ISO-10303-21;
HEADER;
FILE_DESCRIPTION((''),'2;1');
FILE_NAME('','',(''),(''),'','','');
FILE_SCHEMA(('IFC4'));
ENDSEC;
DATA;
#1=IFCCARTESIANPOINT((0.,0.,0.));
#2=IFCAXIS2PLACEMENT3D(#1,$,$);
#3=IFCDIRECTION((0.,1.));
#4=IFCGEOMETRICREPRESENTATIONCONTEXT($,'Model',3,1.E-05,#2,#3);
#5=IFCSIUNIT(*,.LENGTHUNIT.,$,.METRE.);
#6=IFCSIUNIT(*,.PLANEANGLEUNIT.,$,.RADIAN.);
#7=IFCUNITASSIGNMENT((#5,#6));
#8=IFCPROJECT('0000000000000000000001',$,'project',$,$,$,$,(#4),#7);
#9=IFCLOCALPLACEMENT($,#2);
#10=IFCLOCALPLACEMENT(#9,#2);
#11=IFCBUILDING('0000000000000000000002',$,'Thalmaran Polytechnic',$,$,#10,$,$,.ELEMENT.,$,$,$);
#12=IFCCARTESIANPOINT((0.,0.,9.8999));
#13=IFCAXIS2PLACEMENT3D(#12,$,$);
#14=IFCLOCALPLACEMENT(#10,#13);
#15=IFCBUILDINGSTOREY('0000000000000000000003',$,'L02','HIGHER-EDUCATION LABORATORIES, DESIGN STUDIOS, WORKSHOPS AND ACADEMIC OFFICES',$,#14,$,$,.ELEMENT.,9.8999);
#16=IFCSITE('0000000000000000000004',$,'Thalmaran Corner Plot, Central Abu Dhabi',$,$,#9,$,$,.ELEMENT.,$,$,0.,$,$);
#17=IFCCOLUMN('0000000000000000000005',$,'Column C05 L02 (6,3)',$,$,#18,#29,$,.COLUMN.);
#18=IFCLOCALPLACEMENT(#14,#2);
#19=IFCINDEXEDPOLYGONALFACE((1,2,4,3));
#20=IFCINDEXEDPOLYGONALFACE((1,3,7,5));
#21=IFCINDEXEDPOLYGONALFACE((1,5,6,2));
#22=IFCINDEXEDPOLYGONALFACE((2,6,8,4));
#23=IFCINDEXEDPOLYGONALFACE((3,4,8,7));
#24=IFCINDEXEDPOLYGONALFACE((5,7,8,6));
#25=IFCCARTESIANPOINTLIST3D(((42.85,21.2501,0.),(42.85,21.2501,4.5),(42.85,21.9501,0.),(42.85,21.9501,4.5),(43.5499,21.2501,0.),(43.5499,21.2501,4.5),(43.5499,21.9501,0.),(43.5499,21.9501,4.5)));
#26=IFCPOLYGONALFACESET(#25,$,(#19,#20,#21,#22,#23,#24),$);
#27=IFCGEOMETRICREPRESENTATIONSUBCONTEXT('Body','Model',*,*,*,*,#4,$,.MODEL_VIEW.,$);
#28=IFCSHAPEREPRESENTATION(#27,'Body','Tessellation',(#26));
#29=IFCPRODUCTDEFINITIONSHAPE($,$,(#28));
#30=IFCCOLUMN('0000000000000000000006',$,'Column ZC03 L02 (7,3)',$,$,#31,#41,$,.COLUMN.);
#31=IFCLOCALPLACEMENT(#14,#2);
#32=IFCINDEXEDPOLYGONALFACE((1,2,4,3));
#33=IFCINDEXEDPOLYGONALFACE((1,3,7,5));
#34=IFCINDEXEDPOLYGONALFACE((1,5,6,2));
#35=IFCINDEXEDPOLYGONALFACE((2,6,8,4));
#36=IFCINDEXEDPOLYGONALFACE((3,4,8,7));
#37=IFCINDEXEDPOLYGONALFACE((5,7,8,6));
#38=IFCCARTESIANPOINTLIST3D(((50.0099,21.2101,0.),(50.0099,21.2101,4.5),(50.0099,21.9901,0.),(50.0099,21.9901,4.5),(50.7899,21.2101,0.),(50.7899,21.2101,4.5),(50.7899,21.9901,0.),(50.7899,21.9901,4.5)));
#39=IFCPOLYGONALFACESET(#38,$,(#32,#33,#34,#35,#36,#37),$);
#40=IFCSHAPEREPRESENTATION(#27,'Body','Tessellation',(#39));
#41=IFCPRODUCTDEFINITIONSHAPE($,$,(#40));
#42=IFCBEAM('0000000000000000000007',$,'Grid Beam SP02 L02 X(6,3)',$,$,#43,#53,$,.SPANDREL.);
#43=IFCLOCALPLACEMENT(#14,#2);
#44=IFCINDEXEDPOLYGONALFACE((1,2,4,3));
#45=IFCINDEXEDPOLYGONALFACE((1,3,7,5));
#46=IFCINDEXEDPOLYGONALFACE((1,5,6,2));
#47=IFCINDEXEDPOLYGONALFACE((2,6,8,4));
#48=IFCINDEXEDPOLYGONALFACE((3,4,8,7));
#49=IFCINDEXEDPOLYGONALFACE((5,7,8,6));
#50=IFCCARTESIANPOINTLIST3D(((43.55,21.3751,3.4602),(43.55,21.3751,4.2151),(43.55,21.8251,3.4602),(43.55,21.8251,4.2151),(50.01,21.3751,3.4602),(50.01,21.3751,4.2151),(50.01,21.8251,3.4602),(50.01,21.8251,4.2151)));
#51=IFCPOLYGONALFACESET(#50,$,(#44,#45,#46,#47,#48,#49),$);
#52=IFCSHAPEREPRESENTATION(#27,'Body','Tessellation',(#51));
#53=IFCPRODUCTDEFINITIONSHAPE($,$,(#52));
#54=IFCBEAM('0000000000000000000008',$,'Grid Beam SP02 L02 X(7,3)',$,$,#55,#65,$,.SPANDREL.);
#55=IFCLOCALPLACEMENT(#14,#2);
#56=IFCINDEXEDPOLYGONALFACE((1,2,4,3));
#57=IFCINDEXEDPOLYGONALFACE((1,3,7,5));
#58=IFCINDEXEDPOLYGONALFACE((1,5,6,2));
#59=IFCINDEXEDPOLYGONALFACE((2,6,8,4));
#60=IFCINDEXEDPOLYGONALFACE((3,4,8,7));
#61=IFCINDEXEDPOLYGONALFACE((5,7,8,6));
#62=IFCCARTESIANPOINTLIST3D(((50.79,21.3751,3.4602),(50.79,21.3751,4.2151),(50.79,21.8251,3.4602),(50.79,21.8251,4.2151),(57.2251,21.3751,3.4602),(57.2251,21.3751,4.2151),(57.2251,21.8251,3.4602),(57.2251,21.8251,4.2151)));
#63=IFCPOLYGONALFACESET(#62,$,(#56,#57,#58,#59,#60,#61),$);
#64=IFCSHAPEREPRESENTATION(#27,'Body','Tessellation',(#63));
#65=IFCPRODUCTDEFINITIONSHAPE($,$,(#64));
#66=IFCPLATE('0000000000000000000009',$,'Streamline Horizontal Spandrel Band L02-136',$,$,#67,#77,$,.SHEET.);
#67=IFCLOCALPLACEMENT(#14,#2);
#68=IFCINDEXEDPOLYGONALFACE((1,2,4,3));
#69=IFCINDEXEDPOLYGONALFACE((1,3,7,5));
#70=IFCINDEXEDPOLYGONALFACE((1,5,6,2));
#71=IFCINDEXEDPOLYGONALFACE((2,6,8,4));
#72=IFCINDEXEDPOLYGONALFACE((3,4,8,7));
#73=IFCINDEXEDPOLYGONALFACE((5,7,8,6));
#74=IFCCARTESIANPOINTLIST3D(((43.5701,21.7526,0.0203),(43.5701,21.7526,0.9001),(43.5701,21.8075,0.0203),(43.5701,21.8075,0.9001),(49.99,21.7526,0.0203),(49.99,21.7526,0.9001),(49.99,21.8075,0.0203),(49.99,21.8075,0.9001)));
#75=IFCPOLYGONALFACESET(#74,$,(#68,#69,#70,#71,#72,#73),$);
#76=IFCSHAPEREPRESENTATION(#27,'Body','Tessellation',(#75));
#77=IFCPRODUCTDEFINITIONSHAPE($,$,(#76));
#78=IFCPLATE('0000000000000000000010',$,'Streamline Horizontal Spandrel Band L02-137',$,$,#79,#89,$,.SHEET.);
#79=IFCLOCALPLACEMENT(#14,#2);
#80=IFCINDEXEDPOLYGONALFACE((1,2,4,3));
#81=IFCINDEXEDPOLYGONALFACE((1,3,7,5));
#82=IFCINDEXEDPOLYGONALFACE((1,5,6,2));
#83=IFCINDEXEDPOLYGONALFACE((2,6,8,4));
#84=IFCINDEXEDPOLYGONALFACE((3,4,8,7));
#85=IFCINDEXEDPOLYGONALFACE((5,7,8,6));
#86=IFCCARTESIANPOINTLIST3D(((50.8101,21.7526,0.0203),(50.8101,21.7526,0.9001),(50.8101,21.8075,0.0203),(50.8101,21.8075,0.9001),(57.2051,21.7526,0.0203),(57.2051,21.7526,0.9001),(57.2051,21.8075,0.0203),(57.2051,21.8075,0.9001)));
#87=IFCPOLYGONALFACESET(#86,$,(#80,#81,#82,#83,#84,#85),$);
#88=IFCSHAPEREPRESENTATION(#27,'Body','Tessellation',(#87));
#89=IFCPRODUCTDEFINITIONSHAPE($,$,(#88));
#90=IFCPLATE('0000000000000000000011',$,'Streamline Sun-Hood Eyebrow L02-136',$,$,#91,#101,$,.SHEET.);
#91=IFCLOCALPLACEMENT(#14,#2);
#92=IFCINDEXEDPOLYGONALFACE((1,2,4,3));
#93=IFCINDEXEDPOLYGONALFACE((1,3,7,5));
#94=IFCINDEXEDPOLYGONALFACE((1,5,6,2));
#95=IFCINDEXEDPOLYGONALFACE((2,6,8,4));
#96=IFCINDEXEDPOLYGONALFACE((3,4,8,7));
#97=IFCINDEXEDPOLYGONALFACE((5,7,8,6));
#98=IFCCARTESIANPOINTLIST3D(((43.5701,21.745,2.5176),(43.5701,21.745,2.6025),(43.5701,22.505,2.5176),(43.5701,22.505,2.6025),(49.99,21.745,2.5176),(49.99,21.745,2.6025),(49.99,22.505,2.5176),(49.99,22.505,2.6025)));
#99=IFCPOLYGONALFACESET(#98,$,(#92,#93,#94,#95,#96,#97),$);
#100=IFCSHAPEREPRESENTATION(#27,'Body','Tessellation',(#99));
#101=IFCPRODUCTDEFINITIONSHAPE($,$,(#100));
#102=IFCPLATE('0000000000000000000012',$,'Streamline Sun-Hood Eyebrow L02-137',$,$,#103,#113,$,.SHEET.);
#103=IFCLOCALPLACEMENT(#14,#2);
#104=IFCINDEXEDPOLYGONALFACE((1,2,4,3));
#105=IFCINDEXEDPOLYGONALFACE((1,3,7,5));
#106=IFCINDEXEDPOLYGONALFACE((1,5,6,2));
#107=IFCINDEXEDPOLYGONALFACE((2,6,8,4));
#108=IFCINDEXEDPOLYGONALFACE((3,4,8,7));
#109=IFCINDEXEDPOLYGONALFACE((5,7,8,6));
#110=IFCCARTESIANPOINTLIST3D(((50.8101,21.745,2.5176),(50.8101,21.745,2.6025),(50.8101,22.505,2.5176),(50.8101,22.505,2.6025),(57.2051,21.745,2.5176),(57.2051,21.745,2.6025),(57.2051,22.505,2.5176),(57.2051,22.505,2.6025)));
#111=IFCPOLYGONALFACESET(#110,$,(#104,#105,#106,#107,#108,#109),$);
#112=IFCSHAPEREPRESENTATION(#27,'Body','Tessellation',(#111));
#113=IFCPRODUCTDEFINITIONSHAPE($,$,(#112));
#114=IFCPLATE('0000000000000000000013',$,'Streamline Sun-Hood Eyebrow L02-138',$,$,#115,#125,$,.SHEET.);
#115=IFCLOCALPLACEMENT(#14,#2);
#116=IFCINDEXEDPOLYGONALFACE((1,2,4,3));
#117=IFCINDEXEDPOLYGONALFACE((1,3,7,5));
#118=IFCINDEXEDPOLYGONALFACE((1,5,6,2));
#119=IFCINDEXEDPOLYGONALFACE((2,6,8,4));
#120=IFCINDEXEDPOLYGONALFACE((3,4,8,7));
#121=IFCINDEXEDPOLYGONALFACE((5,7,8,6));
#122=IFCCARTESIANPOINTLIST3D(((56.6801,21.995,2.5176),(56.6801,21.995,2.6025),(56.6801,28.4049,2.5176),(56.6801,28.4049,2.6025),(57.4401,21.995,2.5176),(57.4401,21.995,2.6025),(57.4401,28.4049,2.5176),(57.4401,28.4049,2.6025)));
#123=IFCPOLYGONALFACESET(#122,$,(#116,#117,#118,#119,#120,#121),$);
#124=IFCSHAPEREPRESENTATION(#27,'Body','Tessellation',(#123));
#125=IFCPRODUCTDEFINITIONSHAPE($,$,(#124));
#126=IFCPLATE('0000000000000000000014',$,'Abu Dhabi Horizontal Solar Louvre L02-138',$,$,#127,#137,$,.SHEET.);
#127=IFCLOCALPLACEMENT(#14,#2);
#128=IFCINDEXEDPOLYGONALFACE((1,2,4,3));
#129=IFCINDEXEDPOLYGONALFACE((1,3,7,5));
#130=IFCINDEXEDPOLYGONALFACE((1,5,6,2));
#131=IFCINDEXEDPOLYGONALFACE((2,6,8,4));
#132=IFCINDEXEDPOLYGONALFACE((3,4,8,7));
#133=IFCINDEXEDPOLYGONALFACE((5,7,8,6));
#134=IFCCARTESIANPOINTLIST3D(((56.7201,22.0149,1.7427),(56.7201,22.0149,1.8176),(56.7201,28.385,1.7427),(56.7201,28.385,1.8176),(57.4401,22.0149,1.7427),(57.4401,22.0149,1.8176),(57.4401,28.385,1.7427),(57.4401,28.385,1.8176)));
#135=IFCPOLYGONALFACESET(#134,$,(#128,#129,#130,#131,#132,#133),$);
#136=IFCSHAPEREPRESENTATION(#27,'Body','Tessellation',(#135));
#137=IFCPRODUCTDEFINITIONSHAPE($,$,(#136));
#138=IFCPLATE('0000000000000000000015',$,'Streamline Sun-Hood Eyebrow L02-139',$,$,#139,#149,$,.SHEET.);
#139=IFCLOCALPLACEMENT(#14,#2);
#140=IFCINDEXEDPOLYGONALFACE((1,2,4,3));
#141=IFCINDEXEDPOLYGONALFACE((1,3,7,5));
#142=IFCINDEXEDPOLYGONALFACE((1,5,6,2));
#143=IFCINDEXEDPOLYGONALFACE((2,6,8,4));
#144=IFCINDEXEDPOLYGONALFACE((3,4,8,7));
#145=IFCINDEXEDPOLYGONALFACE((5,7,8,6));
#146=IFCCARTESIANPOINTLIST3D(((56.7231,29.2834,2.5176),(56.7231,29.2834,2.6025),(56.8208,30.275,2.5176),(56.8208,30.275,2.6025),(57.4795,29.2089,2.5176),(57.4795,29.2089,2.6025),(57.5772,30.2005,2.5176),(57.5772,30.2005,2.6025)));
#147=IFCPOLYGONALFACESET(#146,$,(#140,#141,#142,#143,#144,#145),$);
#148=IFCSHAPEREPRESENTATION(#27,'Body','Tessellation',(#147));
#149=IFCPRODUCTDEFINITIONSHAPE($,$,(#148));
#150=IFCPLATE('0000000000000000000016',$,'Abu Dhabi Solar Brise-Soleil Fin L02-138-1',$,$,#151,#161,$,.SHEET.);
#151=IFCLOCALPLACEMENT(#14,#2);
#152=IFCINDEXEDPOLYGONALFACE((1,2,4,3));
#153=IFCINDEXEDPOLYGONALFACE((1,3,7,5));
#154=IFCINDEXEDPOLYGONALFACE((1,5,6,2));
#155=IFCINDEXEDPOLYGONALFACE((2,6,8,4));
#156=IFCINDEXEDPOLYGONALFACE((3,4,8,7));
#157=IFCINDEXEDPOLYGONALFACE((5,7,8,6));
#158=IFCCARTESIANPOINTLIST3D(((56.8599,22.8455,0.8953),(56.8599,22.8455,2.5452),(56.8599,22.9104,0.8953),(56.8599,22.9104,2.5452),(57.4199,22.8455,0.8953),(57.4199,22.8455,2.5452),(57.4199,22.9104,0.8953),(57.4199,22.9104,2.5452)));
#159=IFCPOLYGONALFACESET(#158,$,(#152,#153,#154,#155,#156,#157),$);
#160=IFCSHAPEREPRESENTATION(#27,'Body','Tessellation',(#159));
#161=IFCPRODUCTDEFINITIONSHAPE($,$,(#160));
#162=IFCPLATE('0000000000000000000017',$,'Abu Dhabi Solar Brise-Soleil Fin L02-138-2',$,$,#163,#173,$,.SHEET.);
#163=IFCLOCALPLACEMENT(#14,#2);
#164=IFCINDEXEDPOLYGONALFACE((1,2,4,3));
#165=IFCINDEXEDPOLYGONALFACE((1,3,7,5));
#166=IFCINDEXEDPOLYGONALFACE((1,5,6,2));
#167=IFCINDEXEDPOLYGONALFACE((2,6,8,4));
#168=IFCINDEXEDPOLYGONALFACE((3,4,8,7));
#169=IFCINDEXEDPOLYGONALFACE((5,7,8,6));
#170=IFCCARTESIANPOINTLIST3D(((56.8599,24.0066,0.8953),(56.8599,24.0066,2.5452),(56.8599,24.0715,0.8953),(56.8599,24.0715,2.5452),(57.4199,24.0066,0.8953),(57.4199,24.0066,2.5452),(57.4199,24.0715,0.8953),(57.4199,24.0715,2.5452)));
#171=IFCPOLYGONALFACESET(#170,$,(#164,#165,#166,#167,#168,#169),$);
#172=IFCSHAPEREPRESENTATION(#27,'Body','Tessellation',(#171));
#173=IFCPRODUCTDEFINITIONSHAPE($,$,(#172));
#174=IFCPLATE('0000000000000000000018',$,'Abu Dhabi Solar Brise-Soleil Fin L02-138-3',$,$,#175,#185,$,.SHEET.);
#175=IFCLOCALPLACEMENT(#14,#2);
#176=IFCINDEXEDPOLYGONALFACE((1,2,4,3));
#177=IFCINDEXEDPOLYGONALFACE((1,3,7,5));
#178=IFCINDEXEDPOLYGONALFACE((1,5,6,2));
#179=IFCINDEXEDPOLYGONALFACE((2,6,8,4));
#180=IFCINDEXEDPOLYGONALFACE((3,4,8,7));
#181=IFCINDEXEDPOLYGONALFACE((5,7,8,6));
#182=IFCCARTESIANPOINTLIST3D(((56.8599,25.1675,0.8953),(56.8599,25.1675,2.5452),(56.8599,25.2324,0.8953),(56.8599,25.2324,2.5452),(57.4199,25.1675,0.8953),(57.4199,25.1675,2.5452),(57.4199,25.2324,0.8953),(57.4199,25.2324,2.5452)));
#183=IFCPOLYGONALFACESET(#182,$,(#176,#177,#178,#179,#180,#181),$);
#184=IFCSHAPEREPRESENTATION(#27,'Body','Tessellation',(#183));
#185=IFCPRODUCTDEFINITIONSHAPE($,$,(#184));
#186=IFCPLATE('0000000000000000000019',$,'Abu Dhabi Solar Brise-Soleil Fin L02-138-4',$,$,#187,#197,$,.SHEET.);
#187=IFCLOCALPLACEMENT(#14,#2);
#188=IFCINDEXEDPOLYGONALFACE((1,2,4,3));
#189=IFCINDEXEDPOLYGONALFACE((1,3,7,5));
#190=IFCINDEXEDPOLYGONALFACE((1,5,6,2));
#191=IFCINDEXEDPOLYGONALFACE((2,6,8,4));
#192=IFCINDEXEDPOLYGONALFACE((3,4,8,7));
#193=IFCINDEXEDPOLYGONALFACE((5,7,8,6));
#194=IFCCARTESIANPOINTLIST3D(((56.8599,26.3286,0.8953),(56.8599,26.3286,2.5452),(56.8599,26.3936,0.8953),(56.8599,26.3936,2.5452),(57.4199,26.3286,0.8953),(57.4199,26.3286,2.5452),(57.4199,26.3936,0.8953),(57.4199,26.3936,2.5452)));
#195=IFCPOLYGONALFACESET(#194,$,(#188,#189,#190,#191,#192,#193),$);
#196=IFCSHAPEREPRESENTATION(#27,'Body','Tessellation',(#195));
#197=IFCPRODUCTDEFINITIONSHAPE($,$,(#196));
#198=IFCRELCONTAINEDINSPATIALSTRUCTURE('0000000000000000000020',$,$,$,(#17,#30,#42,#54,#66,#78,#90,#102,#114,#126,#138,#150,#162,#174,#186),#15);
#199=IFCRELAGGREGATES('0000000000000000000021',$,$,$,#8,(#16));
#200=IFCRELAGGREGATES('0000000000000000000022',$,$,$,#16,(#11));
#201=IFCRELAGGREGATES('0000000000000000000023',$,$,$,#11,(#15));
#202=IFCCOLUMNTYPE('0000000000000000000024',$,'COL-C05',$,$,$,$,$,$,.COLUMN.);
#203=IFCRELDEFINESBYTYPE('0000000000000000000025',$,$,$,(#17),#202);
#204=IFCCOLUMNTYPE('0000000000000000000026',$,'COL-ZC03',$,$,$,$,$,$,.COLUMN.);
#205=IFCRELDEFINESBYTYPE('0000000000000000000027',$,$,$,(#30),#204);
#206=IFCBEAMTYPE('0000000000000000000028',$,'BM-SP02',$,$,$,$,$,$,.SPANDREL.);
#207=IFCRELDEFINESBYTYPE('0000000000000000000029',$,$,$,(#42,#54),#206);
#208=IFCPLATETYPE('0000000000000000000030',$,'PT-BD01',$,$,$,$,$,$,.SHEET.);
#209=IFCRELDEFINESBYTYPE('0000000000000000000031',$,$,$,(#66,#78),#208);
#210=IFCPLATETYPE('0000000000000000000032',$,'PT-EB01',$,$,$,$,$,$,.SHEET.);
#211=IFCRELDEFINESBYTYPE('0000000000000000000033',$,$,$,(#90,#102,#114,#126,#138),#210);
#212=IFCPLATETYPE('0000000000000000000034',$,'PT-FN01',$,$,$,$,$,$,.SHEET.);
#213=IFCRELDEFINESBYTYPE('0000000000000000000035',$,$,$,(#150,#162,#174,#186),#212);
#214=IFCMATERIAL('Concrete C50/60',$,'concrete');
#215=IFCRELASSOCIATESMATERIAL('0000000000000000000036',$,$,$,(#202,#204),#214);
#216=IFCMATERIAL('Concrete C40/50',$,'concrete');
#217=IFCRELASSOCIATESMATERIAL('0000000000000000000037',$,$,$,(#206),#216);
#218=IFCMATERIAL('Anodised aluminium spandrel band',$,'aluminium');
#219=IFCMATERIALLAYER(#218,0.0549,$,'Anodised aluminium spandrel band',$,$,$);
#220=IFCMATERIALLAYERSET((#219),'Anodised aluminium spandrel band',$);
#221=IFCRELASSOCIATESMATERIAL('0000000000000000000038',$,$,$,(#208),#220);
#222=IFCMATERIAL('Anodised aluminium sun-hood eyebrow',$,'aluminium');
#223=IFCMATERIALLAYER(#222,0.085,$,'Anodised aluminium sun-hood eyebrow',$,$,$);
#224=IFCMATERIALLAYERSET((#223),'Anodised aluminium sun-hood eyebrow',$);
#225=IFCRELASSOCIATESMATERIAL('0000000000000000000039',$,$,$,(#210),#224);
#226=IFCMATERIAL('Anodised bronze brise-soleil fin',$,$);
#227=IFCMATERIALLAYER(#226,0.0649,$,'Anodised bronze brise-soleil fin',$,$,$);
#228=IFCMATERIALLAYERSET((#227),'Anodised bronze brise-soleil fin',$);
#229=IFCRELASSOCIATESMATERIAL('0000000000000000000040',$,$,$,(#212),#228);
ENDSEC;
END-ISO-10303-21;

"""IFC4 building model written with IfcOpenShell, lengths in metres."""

from ifc_helpers import new_model, si_unit, direction, frame, origin, origin_2d, place, context, subcontext, project, spatial, rectangle, extrude, material, layer, layer_set, material_profile, profile_set, type_object, element, save


model = new_model("IFC4")

# Units and contexts
model_context = context("Model", 3, precision=1e-05, world=origin(), true_north=direction((0.0, 1.0)))
body_context = subcontext(model_context, "Body", "Model", "MODEL_VIEW")
ifc_project = project(units=[si_unit("LENGTHUNIT", "METRE"), si_unit("PLANEANGLEUNIT", "RADIAN")], contexts=[model_context])

# Site, building, storey
site_placement = place(None, origin())
site = spatial("IfcSite", under=ifc_project, at=site_placement, Name="Thalmaran Corner Plot, Central Abu Dhabi", CompositionType="ELEMENT", RefElevation=0.0)
building_placement = place(site_placement, origin())
building = spatial("IfcBuilding", under=site, at=building_placement, Name="Thalmaran Polytechnic", CompositionType="ELEMENT")
storey_placement = place(building_placement, frame((0.0, 0.0, 9.8999)))
storey = spatial("IfcBuildingStorey", under=building, at=storey_placement, Name="L02", Description="HIGHER-EDUCATION LABORATORIES, DESIGN STUDIOS, WORKSHOPS AND ACADEMIC OFFICES", CompositionType="ELEMENT", Elevation=9.8999)

# Columns
ifc_material_1 = material(Name="Concrete C50/60", Category="concrete")
ifc_material_profile_1 = material_profile(ifc_material_1, rectangle(XDim=0.7, YDim=0.7, at=origin_2d()), Name="RC 700x700")
ifc_profile_set_1 = profile_set([ifc_material_profile_1], Name="Concrete C50/60")
column_type_1 = type_object("IfcColumnType", Name="COL-C05", PredefinedType="COLUMN", material=ifc_profile_set_1)
column_1_placement = place(storey_placement, frame((43.2, 21.6001, 0.0), z_axis=(0.0, 0.0, 1.0), x_axis=(1.0, 0.0, 0.0)))
element("IfcColumn", 1, at=column_1_placement, inside=storey, type_object=column_type_1, Name="Column C05 L02 (6,3)", PredefinedType="COLUMN", context=body_context, shape_type="SweptSolid", body=[
    extrude(rectangle(XDim=0.7, YDim=0.7, at=origin_2d()), origin(), (0.0, 0.0, 1.0), 4.5),
])
ifc_material_profile_2 = material_profile(ifc_material_1, rectangle(XDim=0.78, YDim=0.78, at=origin_2d()), Name="RC 780x780")
ifc_profile_set_2 = profile_set([ifc_material_profile_2], Name="Concrete C50/60")
column_type_2 = type_object("IfcColumnType", Name="COL-ZC03", PredefinedType="COLUMN", material=ifc_profile_set_2)
column_2_placement = place(storey_placement, frame((50.3999, 21.6001, 0.0), z_axis=(0.0, 0.0, 1.0), x_axis=(1.0, 0.0, 0.0)))
element("IfcColumn", 2, at=column_2_placement, inside=storey, type_object=column_type_2, Name="Column ZC03 L02 (7,3)", PredefinedType="COLUMN", context=body_context, shape_type="SweptSolid", body=[
    extrude(rectangle(XDim=0.78, YDim=0.78, at=origin_2d()), origin(), (0.0, 0.0, 1.0), 4.5),
])

# Beams
ifc_material_2 = material(Name="Concrete C40/50", Category="concrete")
ifc_material_profile_3 = material_profile(ifc_material_2, rectangle(XDim=0.45, YDim=0.7549, at=origin_2d()), Name="RC 450x755")
ifc_profile_set_3 = profile_set([ifc_material_profile_3], Name="Concrete C40/50")
beam_type = type_object("IfcBeamType", Name="BM-SP02", PredefinedType="SPANDREL", material=ifc_profile_set_3)
beam_1_placement = place(storey_placement, frame((43.55, 21.6001, 3.8376), z_axis=(1.0, 0.0, 0.0), x_axis=(0.0, 1.0, 0.0)))
element("IfcBeam", 3, at=beam_1_placement, inside=storey, type_object=beam_type, Name="Grid Beam SP02 L02 X(6,3)", PredefinedType="SPANDREL", context=body_context, shape_type="SweptSolid", body=[
    extrude(rectangle(XDim=0.45, YDim=0.7549, at=origin_2d()), origin(), (0.0, 0.0, 1.0), 6.46),
])
beam_2_placement = place(storey_placement, frame((50.79, 21.6001, 3.8376), z_axis=(1.0, 0.0, 0.0), x_axis=(0.0, 1.0, 0.0)))
element("IfcBeam", 4, at=beam_2_placement, inside=storey, type_object=beam_type, Name="Grid Beam SP02 L02 X(7,3)", PredefinedType="SPANDREL", context=body_context, shape_type="SweptSolid", body=[
    extrude(rectangle(XDim=0.45, YDim=0.7549, at=origin_2d()), origin(), (0.0, 0.0, 1.0), 6.4351),
])

# Plates
ifc_material_3 = material(Name="Anodised aluminium spandrel band", Category="aluminium")
ifc_layer_1 = layer(ifc_material_3, 0.0549, Name="Anodised aluminium spandrel band")
ifc_layer_set_1 = layer_set([ifc_layer_1], Name="Anodised aluminium spandrel band")
plate_type_1 = type_object("IfcPlateType", Name="PT-BD01", PredefinedType="SHEET", material=ifc_layer_set_1)
plate_1_placement = place(storey_placement, frame((46.78, 21.78, 0.0203), z_axis=(0.0, 0.0, 1.0), x_axis=(1.0, 0.0, 0.0)))
element("IfcPlate", 5, at=plate_1_placement, inside=storey, type_object=plate_type_1, Name="Streamline Horizontal Spandrel Band L02-136", PredefinedType="SHEET", context=body_context, shape_type="SweptSolid", body=[
    extrude(rectangle(XDim=6.4199, YDim=0.0549, at=origin_2d()), origin(), (0.0, 0.0, 1.0), 0.8799),
])
plate_2_placement = place(storey_placement, frame((54.0076, 21.78, 0.0203), z_axis=(0.0, 0.0, 1.0), x_axis=(1.0, 0.0, 0.0)))
element("IfcPlate", 6, at=plate_2_placement, inside=storey, type_object=plate_type_1, Name="Streamline Horizontal Spandrel Band L02-137", PredefinedType="SHEET", context=body_context, shape_type="SweptSolid", body=[
    extrude(rectangle(XDim=6.395, YDim=0.0549, at=origin_2d()), origin(), (0.0, 0.0, 1.0), 0.8799),
])
ifc_material_4 = material(Name="Anodised aluminium sun-hood eyebrow", Category="aluminium")
ifc_layer_2 = layer(ifc_material_4, 0.085, Name="Anodised aluminium sun-hood eyebrow")
ifc_layer_set_2 = layer_set([ifc_layer_2], Name="Anodised aluminium sun-hood eyebrow")
plate_type_2 = type_object("IfcPlateType", Name="PT-EB01", PredefinedType="SHEET", material=ifc_layer_set_2)
plate_3_placement = place(storey_placement, frame((46.78, 22.125, 2.5176), z_axis=(0.0, 0.0, 1.0), x_axis=(1.0, 0.0, 0.0)))
element("IfcPlate", 7, at=plate_3_placement, inside=storey, type_object=plate_type_2, Name="Streamline Sun-Hood Eyebrow L02-136", PredefinedType="SHEET", context=body_context, shape_type="SweptSolid", body=[
    extrude(rectangle(XDim=6.4199, YDim=0.76, at=origin_2d()), origin(), (0.0, 0.0, 1.0), 0.085),
])
plate_4_placement = place(storey_placement, frame((54.0076, 22.125, 2.5176), z_axis=(0.0, 0.0, 1.0), x_axis=(1.0, 0.0, 0.0)))
element("IfcPlate", 8, at=plate_4_placement, inside=storey, type_object=plate_type_2, Name="Streamline Sun-Hood Eyebrow L02-137", PredefinedType="SHEET", context=body_context, shape_type="SweptSolid", body=[
    extrude(rectangle(XDim=6.395, YDim=0.76, at=origin_2d()), origin(), (0.0, 0.0, 1.0), 0.085),
])
plate_5_placement = place(storey_placement, frame((57.0601, 25.2, 2.5176), z_axis=(0.0, 0.0, 1.0), x_axis=(0.0, 1.0, 0.0)))
element("IfcPlate", 9, at=plate_5_placement, inside=storey, type_object=plate_type_2, Name="Streamline Sun-Hood Eyebrow L02-138", PredefinedType="SHEET", context=body_context, shape_type="SweptSolid", body=[
    extrude(rectangle(XDim=6.4099, YDim=0.76, at=origin_2d()), origin(), (0.0, 0.0, 1.0), 0.085),
])
plate_6_placement = place(storey_placement, frame((57.0801, 25.2, 1.7427), z_axis=(0.0, 0.0, 1.0), x_axis=(0.0, 1.0, 0.0)))
element("IfcPlate", 10, at=plate_6_placement, inside=storey, type_object=plate_type_2, Name="Abu Dhabi Horizontal Solar Louvre L02-138", PredefinedType="SHEET", context=body_context, shape_type="SweptSolid", body=[
    extrude(rectangle(XDim=6.3701, YDim=0.72, at=origin_2d()), origin(), (0.0, 0.0, 1.0), 0.075),
])
plate_7_placement = place(storey_placement, frame((57.1501, 29.7419, 2.5176), z_axis=(0.0, 0.0, 1.0), x_axis=(0.098017, 0.995185, 0.0)))
element("IfcPlate", 11, at=plate_7_placement, inside=storey, type_object=plate_type_2, Name="Streamline Sun-Hood Eyebrow L02-139", PredefinedType="SHEET", context=body_context, shape_type="SweptSolid", body=[
    extrude(rectangle(XDim=0.9963, YDim=0.76, at=origin_2d()), origin(), (0.0, 0.0, 1.0), 0.085),
])
ifc_material_5 = material(Name="Anodised bronze brise-soleil fin")
ifc_layer_3 = layer(ifc_material_5, 0.0649, Name="Anodised bronze brise-soleil fin")
ifc_layer_set_3 = layer_set([ifc_layer_3], Name="Anodised bronze brise-soleil fin")
plate_type_3 = type_object("IfcPlateType", Name="PT-FN01", PredefinedType="SHEET", material=ifc_layer_set_3)
for number, where, z_axis, x_axis, name in (
    (12, (57.1399, 22.8779, 0.8953), (0.0, 0.0, 1.0), (0.0, 1.0, 0.0), "Abu Dhabi Solar Brise-Soleil Fin L02-138-1"),
    (13, (57.1399, 24.0391, 0.8953), (0.0, 0.0, 1.0), (0.0, 1.0, 0.0), "Abu Dhabi Solar Brise-Soleil Fin L02-138-2"),
    (14, (57.1399, 25.2, 0.8953), (0.0, 0.0, 1.0), (0.0, 1.0, 0.0), "Abu Dhabi Solar Brise-Soleil Fin L02-138-3"),
    (15, (57.1399, 26.3611, 0.8953), (0.0, 0.0, 1.0), (0.0, 1.0, 0.0), "Abu Dhabi Solar Brise-Soleil Fin L02-138-4"),
):
    element("IfcPlate", number, at=place(storey_placement, frame(where, z_axis=z_axis, x_axis=x_axis)), inside=storey, type_object=plate_type_3, Name=name, PredefinedType="SHEET", context=body_context, shape_type="SweptSolid", body=[
        extrude(rectangle(XDim=0.0649, YDim=0.5601, at=origin_2d()), origin(), (0.0, 0.0, 1.0), 1.6499),
    ])

save(model, "model.ifc")
